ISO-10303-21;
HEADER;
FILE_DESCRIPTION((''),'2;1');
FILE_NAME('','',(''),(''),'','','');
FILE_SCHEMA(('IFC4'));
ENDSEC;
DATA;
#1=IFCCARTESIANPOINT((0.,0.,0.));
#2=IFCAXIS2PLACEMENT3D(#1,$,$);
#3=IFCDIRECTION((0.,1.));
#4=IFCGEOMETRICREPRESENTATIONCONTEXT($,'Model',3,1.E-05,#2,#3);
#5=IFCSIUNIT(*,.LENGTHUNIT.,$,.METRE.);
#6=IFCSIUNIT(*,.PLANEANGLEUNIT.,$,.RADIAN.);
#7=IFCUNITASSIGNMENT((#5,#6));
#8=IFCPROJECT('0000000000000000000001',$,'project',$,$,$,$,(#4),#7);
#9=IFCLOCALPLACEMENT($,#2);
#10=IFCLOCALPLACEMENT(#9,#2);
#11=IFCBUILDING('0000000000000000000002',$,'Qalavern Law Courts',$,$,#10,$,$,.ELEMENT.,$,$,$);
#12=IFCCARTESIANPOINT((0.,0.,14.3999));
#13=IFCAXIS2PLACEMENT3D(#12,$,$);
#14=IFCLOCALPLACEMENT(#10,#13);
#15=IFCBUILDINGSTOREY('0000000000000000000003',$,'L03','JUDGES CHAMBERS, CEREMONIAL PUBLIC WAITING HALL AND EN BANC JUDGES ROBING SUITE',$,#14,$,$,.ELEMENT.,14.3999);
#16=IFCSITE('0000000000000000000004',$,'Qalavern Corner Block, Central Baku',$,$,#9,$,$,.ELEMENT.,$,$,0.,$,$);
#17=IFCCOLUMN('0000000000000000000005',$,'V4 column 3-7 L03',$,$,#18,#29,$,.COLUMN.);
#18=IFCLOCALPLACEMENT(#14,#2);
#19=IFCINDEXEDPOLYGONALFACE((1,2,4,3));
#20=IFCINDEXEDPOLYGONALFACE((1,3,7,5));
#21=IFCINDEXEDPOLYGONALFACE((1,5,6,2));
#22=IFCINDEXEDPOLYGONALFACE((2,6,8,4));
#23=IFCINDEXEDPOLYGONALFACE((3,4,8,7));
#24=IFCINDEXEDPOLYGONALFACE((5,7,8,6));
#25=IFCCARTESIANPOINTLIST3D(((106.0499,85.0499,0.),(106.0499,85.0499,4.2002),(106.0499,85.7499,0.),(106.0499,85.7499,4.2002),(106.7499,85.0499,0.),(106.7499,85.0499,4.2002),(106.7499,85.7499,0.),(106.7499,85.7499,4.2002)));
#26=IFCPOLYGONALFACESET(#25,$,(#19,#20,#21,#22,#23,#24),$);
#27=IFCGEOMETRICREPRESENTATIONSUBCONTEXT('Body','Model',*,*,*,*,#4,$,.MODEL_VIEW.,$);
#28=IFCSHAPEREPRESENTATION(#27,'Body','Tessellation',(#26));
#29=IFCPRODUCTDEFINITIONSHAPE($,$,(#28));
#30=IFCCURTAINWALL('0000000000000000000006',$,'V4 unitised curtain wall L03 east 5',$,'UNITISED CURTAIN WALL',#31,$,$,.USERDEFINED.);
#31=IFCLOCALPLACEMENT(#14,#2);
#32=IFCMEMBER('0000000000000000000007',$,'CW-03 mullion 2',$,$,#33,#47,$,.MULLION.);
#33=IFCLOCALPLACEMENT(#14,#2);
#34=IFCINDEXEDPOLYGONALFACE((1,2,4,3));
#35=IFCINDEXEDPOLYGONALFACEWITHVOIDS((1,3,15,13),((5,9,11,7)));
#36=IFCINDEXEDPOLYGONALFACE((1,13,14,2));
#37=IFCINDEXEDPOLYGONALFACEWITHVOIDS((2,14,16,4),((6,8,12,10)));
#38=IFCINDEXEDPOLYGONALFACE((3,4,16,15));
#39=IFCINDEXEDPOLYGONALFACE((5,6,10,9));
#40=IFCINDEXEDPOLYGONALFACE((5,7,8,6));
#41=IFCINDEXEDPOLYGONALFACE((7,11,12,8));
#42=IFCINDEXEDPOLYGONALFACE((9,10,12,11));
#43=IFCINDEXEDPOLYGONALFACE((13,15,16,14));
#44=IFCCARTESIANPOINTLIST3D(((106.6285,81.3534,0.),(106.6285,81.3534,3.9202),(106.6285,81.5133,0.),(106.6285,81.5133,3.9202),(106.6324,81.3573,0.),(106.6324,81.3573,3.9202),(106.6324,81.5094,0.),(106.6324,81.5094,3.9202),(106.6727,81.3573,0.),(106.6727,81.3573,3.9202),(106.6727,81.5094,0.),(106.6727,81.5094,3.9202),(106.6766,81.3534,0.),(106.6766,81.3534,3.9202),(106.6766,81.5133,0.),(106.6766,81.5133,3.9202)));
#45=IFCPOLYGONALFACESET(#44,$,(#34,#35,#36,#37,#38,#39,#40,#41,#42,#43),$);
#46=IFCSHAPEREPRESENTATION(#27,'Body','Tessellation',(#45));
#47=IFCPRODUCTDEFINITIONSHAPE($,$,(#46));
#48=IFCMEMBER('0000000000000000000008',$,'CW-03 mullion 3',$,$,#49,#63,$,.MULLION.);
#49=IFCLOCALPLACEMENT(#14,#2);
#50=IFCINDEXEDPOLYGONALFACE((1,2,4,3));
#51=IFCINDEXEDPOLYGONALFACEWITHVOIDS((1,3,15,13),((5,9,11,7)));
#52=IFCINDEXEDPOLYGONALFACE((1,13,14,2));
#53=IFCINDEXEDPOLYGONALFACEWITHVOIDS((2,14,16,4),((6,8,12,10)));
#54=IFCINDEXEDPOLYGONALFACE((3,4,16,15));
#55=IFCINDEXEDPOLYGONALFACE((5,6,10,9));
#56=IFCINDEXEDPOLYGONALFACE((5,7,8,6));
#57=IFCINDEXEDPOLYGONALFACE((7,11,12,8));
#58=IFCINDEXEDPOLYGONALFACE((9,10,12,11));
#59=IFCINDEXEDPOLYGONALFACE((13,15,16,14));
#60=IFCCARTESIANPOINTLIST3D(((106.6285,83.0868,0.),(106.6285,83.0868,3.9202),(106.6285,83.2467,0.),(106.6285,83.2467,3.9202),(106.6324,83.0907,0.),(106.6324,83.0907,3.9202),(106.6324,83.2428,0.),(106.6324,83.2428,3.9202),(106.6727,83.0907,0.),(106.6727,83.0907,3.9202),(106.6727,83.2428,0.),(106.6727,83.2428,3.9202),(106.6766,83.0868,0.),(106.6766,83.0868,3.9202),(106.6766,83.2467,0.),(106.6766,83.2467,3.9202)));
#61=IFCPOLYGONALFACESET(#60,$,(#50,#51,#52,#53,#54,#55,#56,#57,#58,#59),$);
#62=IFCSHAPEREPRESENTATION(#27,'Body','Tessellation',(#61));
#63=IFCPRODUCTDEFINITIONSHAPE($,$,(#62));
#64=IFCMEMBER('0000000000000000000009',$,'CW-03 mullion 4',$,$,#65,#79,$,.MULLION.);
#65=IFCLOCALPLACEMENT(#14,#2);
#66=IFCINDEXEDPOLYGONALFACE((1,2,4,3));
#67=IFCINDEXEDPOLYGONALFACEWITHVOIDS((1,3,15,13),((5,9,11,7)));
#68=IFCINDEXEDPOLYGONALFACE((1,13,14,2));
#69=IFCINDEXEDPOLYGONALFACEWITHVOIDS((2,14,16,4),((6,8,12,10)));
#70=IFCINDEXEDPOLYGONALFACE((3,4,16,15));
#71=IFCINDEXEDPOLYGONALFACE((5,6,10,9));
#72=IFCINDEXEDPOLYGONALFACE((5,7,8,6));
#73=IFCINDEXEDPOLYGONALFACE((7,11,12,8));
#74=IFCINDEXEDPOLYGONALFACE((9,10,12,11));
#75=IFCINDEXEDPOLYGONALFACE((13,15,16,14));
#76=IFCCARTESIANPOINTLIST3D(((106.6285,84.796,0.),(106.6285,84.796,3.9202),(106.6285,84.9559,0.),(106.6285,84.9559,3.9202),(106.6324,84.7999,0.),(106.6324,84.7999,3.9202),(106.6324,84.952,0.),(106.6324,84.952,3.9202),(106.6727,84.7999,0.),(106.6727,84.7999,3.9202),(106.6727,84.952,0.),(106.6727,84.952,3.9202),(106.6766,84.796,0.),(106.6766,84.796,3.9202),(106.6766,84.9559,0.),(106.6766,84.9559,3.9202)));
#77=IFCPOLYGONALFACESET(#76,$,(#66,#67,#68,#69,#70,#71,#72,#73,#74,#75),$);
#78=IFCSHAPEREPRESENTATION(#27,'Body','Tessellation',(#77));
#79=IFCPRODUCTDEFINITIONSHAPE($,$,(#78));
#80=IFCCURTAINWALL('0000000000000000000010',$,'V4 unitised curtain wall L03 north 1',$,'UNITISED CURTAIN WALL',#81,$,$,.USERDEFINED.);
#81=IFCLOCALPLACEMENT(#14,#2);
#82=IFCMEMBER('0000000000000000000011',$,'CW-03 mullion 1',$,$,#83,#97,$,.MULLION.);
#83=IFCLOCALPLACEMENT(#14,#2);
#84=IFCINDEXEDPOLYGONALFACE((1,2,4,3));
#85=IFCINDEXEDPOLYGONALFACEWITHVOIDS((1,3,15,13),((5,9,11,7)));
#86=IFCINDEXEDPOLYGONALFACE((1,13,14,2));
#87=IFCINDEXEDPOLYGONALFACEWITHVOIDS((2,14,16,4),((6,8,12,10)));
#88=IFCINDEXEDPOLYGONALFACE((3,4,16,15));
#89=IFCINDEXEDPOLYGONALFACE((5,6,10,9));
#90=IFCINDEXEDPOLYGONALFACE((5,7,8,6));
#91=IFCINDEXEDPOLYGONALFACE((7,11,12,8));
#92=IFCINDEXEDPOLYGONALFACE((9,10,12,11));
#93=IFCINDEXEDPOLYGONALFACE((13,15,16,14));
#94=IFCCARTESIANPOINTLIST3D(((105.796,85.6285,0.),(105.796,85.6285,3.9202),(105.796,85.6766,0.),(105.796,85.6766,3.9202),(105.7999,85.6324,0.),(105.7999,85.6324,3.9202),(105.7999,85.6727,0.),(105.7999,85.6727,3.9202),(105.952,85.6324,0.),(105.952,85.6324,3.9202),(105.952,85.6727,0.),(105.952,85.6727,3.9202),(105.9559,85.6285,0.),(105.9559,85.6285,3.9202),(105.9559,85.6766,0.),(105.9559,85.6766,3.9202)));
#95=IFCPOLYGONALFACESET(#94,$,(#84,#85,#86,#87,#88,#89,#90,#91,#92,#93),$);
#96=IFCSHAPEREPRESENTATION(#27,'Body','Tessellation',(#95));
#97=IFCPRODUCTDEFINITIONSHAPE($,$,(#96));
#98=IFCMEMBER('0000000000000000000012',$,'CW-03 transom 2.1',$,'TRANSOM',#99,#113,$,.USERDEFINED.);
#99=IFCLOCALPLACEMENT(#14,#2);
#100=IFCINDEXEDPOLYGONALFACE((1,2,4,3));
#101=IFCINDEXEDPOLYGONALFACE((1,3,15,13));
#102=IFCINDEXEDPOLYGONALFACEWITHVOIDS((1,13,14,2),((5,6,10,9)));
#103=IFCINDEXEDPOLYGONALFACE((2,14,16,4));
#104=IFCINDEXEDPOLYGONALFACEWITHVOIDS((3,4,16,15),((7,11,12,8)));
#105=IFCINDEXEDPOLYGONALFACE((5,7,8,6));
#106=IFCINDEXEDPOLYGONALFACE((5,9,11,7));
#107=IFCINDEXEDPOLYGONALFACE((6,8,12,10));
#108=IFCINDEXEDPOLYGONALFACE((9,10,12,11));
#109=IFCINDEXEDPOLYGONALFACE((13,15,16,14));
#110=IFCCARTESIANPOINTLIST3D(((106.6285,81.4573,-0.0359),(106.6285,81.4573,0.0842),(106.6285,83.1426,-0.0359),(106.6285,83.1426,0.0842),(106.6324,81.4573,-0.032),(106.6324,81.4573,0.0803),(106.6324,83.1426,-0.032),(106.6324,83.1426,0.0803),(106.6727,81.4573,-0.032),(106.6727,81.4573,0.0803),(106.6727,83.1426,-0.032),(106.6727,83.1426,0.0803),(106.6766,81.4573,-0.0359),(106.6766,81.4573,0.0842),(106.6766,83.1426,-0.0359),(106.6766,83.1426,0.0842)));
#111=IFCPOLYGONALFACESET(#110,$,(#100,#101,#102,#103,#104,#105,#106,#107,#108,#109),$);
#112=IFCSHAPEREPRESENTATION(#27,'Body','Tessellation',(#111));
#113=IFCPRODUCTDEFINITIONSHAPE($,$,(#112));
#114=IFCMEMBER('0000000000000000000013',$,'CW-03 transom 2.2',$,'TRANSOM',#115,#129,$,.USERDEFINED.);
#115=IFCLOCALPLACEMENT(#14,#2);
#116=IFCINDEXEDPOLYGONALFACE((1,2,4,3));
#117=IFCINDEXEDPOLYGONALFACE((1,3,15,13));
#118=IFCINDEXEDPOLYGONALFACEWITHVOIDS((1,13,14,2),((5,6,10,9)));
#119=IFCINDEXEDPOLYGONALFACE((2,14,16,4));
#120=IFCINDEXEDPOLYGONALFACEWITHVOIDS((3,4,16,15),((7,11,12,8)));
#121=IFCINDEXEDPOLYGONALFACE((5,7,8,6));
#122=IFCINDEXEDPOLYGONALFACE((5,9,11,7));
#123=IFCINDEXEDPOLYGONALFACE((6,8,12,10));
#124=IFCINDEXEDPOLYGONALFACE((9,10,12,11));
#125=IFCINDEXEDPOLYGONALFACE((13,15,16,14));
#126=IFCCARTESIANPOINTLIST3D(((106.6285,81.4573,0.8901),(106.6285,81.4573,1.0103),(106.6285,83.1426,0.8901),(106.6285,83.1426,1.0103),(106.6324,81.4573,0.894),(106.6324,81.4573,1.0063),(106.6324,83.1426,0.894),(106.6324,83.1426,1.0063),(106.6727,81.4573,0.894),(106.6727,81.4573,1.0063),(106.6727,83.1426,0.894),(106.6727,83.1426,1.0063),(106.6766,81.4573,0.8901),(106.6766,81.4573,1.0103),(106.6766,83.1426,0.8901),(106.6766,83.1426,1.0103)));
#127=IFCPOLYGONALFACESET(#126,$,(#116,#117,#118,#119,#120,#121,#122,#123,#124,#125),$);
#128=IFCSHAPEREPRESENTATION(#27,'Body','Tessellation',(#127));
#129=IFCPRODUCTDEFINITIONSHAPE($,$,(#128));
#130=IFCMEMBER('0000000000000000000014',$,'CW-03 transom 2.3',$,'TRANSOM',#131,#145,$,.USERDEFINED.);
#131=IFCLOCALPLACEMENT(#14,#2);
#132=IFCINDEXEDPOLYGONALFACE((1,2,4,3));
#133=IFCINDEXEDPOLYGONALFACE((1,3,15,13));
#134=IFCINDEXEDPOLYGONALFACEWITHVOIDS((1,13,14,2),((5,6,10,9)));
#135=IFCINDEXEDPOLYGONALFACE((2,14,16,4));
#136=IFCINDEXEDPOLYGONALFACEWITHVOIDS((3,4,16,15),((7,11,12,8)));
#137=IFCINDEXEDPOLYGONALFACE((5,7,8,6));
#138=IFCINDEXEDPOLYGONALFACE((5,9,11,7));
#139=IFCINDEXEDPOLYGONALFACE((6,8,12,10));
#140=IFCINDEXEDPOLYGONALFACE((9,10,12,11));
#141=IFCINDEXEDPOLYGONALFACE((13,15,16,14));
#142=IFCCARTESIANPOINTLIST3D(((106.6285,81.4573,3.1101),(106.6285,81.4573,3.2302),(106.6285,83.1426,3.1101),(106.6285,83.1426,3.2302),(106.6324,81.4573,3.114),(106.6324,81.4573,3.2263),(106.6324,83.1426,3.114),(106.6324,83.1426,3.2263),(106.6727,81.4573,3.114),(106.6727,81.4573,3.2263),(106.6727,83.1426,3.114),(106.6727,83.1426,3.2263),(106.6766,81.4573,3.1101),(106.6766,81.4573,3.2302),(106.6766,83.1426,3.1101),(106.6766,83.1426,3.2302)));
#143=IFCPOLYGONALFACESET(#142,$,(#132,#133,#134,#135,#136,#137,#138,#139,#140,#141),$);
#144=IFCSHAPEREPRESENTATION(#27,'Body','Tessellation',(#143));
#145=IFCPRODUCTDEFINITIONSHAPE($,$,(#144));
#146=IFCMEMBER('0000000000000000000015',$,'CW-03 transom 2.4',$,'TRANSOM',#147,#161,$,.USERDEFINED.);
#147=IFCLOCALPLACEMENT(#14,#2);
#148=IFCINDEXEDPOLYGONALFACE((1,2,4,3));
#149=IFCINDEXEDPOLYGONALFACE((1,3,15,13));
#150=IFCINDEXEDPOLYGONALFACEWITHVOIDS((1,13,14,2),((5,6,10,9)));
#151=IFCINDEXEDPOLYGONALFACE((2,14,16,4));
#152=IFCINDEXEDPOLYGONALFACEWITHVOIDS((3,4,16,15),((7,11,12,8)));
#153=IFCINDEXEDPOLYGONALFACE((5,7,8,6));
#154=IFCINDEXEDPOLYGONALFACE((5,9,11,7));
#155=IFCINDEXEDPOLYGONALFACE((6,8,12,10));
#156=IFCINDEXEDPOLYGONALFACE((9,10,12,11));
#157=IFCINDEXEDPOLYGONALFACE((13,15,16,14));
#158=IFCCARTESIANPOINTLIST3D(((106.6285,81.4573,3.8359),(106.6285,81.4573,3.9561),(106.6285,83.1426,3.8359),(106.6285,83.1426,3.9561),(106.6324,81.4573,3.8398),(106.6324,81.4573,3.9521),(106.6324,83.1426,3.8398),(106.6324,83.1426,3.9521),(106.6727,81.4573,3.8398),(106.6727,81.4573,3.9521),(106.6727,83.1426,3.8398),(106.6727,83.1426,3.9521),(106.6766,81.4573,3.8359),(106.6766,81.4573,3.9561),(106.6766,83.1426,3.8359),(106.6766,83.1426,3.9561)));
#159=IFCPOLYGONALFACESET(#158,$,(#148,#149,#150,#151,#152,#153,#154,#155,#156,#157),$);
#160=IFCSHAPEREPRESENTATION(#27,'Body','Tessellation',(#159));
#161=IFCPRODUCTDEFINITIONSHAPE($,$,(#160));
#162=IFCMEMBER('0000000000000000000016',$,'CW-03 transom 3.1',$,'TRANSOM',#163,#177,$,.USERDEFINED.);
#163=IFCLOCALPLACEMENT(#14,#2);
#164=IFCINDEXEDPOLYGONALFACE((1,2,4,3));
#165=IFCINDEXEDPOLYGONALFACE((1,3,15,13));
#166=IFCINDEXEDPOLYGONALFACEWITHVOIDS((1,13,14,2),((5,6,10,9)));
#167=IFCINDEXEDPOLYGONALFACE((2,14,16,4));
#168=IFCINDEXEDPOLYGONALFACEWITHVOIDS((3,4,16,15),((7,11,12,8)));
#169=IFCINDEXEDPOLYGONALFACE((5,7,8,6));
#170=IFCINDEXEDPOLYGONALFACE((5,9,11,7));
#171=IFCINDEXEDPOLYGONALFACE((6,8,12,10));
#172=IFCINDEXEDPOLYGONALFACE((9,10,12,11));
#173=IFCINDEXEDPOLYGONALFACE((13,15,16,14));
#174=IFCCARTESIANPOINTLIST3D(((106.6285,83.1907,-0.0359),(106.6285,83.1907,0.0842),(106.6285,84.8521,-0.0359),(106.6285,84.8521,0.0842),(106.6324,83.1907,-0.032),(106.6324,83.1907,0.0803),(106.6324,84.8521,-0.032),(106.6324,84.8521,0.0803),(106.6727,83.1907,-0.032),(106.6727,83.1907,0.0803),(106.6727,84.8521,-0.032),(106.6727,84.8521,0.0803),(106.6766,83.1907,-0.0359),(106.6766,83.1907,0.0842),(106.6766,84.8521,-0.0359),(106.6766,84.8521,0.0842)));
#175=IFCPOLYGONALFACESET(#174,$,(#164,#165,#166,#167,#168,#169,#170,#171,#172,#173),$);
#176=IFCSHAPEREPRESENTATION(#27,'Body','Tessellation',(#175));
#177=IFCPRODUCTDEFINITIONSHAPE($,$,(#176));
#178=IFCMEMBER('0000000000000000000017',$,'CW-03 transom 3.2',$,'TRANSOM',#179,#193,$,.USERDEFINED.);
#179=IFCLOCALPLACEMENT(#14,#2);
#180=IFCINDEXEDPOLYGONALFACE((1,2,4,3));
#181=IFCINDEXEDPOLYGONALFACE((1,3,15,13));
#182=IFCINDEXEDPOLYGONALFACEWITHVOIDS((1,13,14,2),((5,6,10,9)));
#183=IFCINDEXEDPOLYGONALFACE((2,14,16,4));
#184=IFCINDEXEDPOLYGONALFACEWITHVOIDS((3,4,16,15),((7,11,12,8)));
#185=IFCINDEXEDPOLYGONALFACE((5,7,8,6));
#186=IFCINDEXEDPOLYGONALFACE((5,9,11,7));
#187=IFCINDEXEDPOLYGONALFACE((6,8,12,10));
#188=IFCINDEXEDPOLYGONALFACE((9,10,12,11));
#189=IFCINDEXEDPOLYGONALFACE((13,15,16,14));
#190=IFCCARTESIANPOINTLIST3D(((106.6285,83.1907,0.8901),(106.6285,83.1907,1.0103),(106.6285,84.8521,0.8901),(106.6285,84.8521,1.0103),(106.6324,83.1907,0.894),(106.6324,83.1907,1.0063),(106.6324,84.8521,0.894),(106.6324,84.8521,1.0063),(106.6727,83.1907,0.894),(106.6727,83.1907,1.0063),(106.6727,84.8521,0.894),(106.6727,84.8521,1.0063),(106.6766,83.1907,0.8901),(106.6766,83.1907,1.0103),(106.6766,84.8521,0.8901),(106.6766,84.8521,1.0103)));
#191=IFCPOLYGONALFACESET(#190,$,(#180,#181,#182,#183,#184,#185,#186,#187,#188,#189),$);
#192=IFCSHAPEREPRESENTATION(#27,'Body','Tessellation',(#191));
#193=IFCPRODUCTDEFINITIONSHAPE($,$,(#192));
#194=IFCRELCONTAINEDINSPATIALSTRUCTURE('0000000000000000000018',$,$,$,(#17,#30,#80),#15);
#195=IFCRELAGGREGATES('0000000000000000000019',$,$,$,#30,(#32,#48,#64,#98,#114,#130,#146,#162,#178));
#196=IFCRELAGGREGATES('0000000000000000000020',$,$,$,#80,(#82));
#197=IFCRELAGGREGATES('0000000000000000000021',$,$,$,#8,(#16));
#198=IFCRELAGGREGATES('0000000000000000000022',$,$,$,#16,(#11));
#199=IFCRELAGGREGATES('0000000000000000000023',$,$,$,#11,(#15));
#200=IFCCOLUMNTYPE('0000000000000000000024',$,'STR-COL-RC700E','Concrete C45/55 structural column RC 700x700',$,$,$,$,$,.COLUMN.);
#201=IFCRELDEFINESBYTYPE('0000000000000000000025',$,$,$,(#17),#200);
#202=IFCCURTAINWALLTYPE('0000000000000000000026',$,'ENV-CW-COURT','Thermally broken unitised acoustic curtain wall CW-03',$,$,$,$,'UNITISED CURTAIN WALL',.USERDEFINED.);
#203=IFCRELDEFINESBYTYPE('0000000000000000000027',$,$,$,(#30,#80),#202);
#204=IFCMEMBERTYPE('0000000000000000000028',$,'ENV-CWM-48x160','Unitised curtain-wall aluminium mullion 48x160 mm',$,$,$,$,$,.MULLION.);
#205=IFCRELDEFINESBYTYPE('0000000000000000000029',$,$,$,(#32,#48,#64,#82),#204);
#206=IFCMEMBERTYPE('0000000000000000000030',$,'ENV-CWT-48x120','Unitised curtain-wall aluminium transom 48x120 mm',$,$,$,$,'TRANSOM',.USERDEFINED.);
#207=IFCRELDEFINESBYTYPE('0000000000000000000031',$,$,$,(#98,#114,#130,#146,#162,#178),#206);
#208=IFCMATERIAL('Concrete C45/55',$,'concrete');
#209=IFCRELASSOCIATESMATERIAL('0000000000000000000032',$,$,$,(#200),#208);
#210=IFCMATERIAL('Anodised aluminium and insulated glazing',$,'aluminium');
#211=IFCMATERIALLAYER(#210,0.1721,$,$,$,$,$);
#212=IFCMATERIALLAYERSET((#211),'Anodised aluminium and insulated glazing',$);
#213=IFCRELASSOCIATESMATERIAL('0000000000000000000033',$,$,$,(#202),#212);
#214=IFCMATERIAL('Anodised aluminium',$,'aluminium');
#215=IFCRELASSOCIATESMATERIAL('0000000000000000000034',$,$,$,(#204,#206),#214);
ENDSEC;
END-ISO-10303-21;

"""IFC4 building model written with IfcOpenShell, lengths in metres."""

from ifc_helpers import new_model, si_unit, direction, frame, origin, origin_2d, place, context, subcontext, project, spatial, rectangle, hollow_rectangle, extrude, material, layer, layer_set, material_profile, profile_set, type_object, element, aggregate, save


model = new_model("IFC4")

# Units and contexts
model_context = context("Model", 3, precision=1e-05, world=origin(), true_north=direction((0.0, 1.0)))
body_context = subcontext(model_context, "Body", "Model", "MODEL_VIEW")
ifc_project = project(units=[si_unit("LENGTHUNIT", "METRE"), si_unit("PLANEANGLEUNIT", "RADIAN")], contexts=[model_context])

# Site, building, storey
site_placement = place(None, origin())
site = spatial("IfcSite", under=ifc_project, at=site_placement, Name="Qalavern Corner Block, Central Baku", CompositionType="ELEMENT", RefElevation=0.0)
building_placement = place(site_placement, origin())
building = spatial("IfcBuilding", under=site, at=building_placement, Name="Qalavern Law Courts", CompositionType="ELEMENT")
storey_placement = place(building_placement, frame((0.0, 0.0, 14.3999)))
storey = spatial("IfcBuildingStorey", under=building, at=storey_placement, Name="L03", Description="JUDGES CHAMBERS, CEREMONIAL PUBLIC WAITING HALL AND EN BANC JUDGES ROBING SUITE", CompositionType="ELEMENT", Elevation=14.3999)

# Column
ifc_material_1 = material(Name="Concrete C45/55", Category="concrete")
ifc_material_profile_1 = material_profile(ifc_material_1, rectangle(XDim=0.7, YDim=0.7, at=origin_2d()), Name="RC 700x700")
ifc_profile_set_1 = profile_set([ifc_material_profile_1], Name="Concrete C45/55")
column_type = type_object("IfcColumnType", Name="STR-COL-RC700E", Description="Concrete C45/55 structural column RC 700x700", PredefinedType="COLUMN", material=ifc_profile_set_1)
column_placement = place(storey_placement, frame((106.3999, 85.3999, 0.0), z_axis=(0.0, 0.0, 1.0), x_axis=(1.0, 0.0, 0.0)))
element("IfcColumn", 1, at=column_placement, inside=storey, type_object=column_type, Name="V4 column 3-7 L03", PredefinedType="COLUMN", context=body_context, shape_type="SweptSolid", body=[
    extrude(rectangle(XDim=0.7, YDim=0.7, at=origin_2d()), origin(), (0.0, 0.0, 1.0), 4.2002),
])

# Curtain wall, members
ifc_material_2 = material(Name="Anodised aluminium and insulated glazing", Category="aluminium")
ifc_layer_1 = layer(ifc_material_2, 0.1721)
ifc_layer_set_1 = layer_set([ifc_layer_1], Name="Anodised aluminium and insulated glazing")
curtain_wall_type = type_object("IfcCurtainWallType", Name="ENV-CW-COURT", Description="Thermally broken unitised acoustic curtain wall CW-03", ElementType="UNITISED CURTAIN WALL", PredefinedType="USERDEFINED", material=ifc_layer_set_1)
curtain_wall_1_placement = place(storey_placement, origin())
curtain_wall_1 = element("IfcCurtainWall", 2, at=curtain_wall_1_placement, inside=storey, type_object=curtain_wall_type, Name="V4 unitised curtain wall L03 east 5", ObjectType="UNITISED CURTAIN WALL", PredefinedType="USERDEFINED")
ifc_material_3 = material(Name="Anodised aluminium", Category="aluminium")
ifc_material_profile_2 = material_profile(ifc_material_3, hollow_rectangle(XDim=0.0481, YDim=0.1599, WallThickness=0.0039, at=origin_2d()), Name="ALU MULLION 48x160")
ifc_profile_set_2 = profile_set([ifc_material_profile_2], Name="Anodised aluminium")
member_type_1 = type_object("IfcMemberType", Name="ENV-CWM-48x160", Description="Unitised curtain-wall aluminium mullion 48x160 mm", PredefinedType="MULLION", material=ifc_profile_set_2)
member_1_placement = place(storey_placement, frame((106.6526, 81.4333, 0.0), z_axis=(0.0, 0.0, 1.0), x_axis=(-1.0, 0.0, 0.0)))
member_1 = element("IfcMember", 3, at=member_1_placement, type_object=member_type_1, Name="CW-03 mullion 2", PredefinedType="MULLION", context=body_context, shape_type="SweptSolid", body=[
    extrude(hollow_rectangle(XDim=0.0481, YDim=0.1599, WallThickness=0.0039, at=origin_2d()), origin(), (0.0, 0.0, 1.0), 3.9202),
])
member_2_placement = place(storey_placement, frame((106.6526, 83.1667, 0.0), z_axis=(0.0, 0.0, 1.0), x_axis=(-1.0, 0.0, 0.0)))
member_2 = element("IfcMember", 4, at=member_2_placement, type_object=member_type_1, Name="CW-03 mullion 3", PredefinedType="MULLION", context=body_context, shape_type="SweptSolid", body=[
    extrude(hollow_rectangle(XDim=0.0481, YDim=0.1599, WallThickness=0.0039, at=origin_2d()), origin(), (0.0, 0.0, 1.0), 3.9202),
])
member_3_placement = place(storey_placement, frame((106.6526, 84.876, 0.0), z_axis=(0.0, 0.0, 1.0), x_axis=(-1.0, 0.0, 0.0)))
member_3 = element("IfcMember", 5, at=member_3_placement, type_object=member_type_1, Name="CW-03 mullion 4", PredefinedType="MULLION", context=body_context, shape_type="SweptSolid", body=[
    extrude(hollow_rectangle(XDim=0.0481, YDim=0.1599, WallThickness=0.0039, at=origin_2d()), origin(), (0.0, 0.0, 1.0), 3.9202),
])

# Curtain wall, member
curtain_wall_2_placement = place(storey_placement, origin())
curtain_wall_2 = element("IfcCurtainWall", 6, at=curtain_wall_2_placement, inside=storey, type_object=curtain_wall_type, Name="V4 unitised curtain wall L03 north 1", ObjectType="UNITISED CURTAIN WALL", PredefinedType="USERDEFINED")
member_4_placement = place(storey_placement, frame((105.876, 85.6526, 0.0), z_axis=(0.0, 0.0, 1.0), x_axis=(0.0, -1.0, 0.0)))
member_4 = element("IfcMember", 7, at=member_4_placement, type_object=member_type_1, Name="CW-03 mullion 1", PredefinedType="MULLION", context=body_context, shape_type="SweptSolid", body=[
    extrude(hollow_rectangle(XDim=0.0481, YDim=0.1599, WallThickness=0.0039, at=origin_2d()), origin(), (0.0, 0.0, 1.0), 3.9202),
])

# Members
ifc_material_profile_3 = material_profile(ifc_material_3, hollow_rectangle(XDim=0.0481, YDim=0.1201, WallThickness=0.0039, at=origin_2d()), Name="ALU TRANSOM 48x120")
ifc_profile_set_3 = profile_set([ifc_material_profile_3], Name="Anodised aluminium")
member_type_2 = type_object("IfcMemberType", Name="ENV-CWT-48x120", Description="Unitised curtain-wall aluminium transom 48x120 mm", ElementType="TRANSOM", PredefinedType="USERDEFINED", material=ifc_profile_set_3)
member_5_placement = place(storey_placement, frame((106.6526, 81.4573, 0.0242), z_axis=(0.0, 1.0, 0.0), x_axis=(-1.0, 0.0, 0.0)))
member_5 = element("IfcMember", 8, at=member_5_placement, type_object=member_type_2, Name="CW-03 transom 2.1", ObjectType="TRANSOM", PredefinedType="USERDEFINED", context=body_context, shape_type="SweptSolid", body=[
    extrude(hollow_rectangle(XDim=0.0481, YDim=0.1201, WallThickness=0.0039, at=origin_2d()), origin(), (0.0, 0.0, 1.0), 1.6853),
])
member_6_placement = place(storey_placement, frame((106.6526, 81.4573, 0.9502), z_axis=(0.0, 1.0, 0.0), x_axis=(-1.0, 0.0, 0.0)))
member_6 = element("IfcMember", 9, at=member_6_placement, type_object=member_type_2, Name="CW-03 transom 2.2", ObjectType="TRANSOM", PredefinedType="USERDEFINED", context=body_context, shape_type="SweptSolid", body=[
    extrude(hollow_rectangle(XDim=0.0481, YDim=0.1201, WallThickness=0.0039, at=origin_2d()), origin(), (0.0, 0.0, 1.0), 1.6853),
])
member_7_placement = place(storey_placement, frame((106.6526, 81.4573, 3.1702), z_axis=(0.0, 1.0, 0.0), x_axis=(-1.0, 0.0, 0.0)))
member_7 = element("IfcMember", 10, at=member_7_placement, type_object=member_type_2, Name="CW-03 transom 2.3", ObjectType="TRANSOM", PredefinedType="USERDEFINED", context=body_context, shape_type="SweptSolid", body=[
    extrude(hollow_rectangle(XDim=0.0481, YDim=0.1201, WallThickness=0.0039, at=origin_2d()), origin(), (0.0, 0.0, 1.0), 1.6853),
])
member_8_placement = place(storey_placement, frame((106.6526, 81.4573, 3.896), z_axis=(0.0, 1.0, 0.0), x_axis=(-1.0, 0.0, 0.0)))
member_8 = element("IfcMember", 11, at=member_8_placement, type_object=member_type_2, Name="CW-03 transom 2.4", ObjectType="TRANSOM", PredefinedType="USERDEFINED", context=body_context, shape_type="SweptSolid", body=[
    extrude(hollow_rectangle(XDim=0.0481, YDim=0.1201, WallThickness=0.0039, at=origin_2d()), origin(), (0.0, 0.0, 1.0), 1.6853),
])
member_9_placement = place(storey_placement, frame((106.6526, 83.1907, 0.0242), z_axis=(0.0, 1.0, 0.0), x_axis=(-1.0, 0.0, 0.0)))
member_9 = element("IfcMember", 12, at=member_9_placement, type_object=member_type_2, Name="CW-03 transom 3.1", ObjectType="TRANSOM", PredefinedType="USERDEFINED", context=body_context, shape_type="SweptSolid", body=[
    extrude(hollow_rectangle(XDim=0.0481, YDim=0.1201, WallThickness=0.0039, at=origin_2d()), origin(), (0.0, 0.0, 1.0), 1.6614),
])
member_10_placement = place(storey_placement, frame((106.6526, 83.1907, 0.9502), z_axis=(0.0, 1.0, 0.0), x_axis=(-1.0, 0.0, 0.0)))
member_10 = element("IfcMember", 13, at=member_10_placement, type_object=member_type_2, Name="CW-03 transom 3.2", ObjectType="TRANSOM", PredefinedType="USERDEFINED", context=body_context, shape_type="SweptSolid", body=[
    extrude(hollow_rectangle(XDim=0.0481, YDim=0.1201, WallThickness=0.0039, at=origin_2d()), origin(), (0.0, 0.0, 1.0), 1.6614),
])

aggregate(curtain_wall_1, [member_1, member_2, member_3, member_5, member_6, member_7, member_8, member_9, member_10])
aggregate(curtain_wall_2, [member_4])

save(model, "model.ifc")
